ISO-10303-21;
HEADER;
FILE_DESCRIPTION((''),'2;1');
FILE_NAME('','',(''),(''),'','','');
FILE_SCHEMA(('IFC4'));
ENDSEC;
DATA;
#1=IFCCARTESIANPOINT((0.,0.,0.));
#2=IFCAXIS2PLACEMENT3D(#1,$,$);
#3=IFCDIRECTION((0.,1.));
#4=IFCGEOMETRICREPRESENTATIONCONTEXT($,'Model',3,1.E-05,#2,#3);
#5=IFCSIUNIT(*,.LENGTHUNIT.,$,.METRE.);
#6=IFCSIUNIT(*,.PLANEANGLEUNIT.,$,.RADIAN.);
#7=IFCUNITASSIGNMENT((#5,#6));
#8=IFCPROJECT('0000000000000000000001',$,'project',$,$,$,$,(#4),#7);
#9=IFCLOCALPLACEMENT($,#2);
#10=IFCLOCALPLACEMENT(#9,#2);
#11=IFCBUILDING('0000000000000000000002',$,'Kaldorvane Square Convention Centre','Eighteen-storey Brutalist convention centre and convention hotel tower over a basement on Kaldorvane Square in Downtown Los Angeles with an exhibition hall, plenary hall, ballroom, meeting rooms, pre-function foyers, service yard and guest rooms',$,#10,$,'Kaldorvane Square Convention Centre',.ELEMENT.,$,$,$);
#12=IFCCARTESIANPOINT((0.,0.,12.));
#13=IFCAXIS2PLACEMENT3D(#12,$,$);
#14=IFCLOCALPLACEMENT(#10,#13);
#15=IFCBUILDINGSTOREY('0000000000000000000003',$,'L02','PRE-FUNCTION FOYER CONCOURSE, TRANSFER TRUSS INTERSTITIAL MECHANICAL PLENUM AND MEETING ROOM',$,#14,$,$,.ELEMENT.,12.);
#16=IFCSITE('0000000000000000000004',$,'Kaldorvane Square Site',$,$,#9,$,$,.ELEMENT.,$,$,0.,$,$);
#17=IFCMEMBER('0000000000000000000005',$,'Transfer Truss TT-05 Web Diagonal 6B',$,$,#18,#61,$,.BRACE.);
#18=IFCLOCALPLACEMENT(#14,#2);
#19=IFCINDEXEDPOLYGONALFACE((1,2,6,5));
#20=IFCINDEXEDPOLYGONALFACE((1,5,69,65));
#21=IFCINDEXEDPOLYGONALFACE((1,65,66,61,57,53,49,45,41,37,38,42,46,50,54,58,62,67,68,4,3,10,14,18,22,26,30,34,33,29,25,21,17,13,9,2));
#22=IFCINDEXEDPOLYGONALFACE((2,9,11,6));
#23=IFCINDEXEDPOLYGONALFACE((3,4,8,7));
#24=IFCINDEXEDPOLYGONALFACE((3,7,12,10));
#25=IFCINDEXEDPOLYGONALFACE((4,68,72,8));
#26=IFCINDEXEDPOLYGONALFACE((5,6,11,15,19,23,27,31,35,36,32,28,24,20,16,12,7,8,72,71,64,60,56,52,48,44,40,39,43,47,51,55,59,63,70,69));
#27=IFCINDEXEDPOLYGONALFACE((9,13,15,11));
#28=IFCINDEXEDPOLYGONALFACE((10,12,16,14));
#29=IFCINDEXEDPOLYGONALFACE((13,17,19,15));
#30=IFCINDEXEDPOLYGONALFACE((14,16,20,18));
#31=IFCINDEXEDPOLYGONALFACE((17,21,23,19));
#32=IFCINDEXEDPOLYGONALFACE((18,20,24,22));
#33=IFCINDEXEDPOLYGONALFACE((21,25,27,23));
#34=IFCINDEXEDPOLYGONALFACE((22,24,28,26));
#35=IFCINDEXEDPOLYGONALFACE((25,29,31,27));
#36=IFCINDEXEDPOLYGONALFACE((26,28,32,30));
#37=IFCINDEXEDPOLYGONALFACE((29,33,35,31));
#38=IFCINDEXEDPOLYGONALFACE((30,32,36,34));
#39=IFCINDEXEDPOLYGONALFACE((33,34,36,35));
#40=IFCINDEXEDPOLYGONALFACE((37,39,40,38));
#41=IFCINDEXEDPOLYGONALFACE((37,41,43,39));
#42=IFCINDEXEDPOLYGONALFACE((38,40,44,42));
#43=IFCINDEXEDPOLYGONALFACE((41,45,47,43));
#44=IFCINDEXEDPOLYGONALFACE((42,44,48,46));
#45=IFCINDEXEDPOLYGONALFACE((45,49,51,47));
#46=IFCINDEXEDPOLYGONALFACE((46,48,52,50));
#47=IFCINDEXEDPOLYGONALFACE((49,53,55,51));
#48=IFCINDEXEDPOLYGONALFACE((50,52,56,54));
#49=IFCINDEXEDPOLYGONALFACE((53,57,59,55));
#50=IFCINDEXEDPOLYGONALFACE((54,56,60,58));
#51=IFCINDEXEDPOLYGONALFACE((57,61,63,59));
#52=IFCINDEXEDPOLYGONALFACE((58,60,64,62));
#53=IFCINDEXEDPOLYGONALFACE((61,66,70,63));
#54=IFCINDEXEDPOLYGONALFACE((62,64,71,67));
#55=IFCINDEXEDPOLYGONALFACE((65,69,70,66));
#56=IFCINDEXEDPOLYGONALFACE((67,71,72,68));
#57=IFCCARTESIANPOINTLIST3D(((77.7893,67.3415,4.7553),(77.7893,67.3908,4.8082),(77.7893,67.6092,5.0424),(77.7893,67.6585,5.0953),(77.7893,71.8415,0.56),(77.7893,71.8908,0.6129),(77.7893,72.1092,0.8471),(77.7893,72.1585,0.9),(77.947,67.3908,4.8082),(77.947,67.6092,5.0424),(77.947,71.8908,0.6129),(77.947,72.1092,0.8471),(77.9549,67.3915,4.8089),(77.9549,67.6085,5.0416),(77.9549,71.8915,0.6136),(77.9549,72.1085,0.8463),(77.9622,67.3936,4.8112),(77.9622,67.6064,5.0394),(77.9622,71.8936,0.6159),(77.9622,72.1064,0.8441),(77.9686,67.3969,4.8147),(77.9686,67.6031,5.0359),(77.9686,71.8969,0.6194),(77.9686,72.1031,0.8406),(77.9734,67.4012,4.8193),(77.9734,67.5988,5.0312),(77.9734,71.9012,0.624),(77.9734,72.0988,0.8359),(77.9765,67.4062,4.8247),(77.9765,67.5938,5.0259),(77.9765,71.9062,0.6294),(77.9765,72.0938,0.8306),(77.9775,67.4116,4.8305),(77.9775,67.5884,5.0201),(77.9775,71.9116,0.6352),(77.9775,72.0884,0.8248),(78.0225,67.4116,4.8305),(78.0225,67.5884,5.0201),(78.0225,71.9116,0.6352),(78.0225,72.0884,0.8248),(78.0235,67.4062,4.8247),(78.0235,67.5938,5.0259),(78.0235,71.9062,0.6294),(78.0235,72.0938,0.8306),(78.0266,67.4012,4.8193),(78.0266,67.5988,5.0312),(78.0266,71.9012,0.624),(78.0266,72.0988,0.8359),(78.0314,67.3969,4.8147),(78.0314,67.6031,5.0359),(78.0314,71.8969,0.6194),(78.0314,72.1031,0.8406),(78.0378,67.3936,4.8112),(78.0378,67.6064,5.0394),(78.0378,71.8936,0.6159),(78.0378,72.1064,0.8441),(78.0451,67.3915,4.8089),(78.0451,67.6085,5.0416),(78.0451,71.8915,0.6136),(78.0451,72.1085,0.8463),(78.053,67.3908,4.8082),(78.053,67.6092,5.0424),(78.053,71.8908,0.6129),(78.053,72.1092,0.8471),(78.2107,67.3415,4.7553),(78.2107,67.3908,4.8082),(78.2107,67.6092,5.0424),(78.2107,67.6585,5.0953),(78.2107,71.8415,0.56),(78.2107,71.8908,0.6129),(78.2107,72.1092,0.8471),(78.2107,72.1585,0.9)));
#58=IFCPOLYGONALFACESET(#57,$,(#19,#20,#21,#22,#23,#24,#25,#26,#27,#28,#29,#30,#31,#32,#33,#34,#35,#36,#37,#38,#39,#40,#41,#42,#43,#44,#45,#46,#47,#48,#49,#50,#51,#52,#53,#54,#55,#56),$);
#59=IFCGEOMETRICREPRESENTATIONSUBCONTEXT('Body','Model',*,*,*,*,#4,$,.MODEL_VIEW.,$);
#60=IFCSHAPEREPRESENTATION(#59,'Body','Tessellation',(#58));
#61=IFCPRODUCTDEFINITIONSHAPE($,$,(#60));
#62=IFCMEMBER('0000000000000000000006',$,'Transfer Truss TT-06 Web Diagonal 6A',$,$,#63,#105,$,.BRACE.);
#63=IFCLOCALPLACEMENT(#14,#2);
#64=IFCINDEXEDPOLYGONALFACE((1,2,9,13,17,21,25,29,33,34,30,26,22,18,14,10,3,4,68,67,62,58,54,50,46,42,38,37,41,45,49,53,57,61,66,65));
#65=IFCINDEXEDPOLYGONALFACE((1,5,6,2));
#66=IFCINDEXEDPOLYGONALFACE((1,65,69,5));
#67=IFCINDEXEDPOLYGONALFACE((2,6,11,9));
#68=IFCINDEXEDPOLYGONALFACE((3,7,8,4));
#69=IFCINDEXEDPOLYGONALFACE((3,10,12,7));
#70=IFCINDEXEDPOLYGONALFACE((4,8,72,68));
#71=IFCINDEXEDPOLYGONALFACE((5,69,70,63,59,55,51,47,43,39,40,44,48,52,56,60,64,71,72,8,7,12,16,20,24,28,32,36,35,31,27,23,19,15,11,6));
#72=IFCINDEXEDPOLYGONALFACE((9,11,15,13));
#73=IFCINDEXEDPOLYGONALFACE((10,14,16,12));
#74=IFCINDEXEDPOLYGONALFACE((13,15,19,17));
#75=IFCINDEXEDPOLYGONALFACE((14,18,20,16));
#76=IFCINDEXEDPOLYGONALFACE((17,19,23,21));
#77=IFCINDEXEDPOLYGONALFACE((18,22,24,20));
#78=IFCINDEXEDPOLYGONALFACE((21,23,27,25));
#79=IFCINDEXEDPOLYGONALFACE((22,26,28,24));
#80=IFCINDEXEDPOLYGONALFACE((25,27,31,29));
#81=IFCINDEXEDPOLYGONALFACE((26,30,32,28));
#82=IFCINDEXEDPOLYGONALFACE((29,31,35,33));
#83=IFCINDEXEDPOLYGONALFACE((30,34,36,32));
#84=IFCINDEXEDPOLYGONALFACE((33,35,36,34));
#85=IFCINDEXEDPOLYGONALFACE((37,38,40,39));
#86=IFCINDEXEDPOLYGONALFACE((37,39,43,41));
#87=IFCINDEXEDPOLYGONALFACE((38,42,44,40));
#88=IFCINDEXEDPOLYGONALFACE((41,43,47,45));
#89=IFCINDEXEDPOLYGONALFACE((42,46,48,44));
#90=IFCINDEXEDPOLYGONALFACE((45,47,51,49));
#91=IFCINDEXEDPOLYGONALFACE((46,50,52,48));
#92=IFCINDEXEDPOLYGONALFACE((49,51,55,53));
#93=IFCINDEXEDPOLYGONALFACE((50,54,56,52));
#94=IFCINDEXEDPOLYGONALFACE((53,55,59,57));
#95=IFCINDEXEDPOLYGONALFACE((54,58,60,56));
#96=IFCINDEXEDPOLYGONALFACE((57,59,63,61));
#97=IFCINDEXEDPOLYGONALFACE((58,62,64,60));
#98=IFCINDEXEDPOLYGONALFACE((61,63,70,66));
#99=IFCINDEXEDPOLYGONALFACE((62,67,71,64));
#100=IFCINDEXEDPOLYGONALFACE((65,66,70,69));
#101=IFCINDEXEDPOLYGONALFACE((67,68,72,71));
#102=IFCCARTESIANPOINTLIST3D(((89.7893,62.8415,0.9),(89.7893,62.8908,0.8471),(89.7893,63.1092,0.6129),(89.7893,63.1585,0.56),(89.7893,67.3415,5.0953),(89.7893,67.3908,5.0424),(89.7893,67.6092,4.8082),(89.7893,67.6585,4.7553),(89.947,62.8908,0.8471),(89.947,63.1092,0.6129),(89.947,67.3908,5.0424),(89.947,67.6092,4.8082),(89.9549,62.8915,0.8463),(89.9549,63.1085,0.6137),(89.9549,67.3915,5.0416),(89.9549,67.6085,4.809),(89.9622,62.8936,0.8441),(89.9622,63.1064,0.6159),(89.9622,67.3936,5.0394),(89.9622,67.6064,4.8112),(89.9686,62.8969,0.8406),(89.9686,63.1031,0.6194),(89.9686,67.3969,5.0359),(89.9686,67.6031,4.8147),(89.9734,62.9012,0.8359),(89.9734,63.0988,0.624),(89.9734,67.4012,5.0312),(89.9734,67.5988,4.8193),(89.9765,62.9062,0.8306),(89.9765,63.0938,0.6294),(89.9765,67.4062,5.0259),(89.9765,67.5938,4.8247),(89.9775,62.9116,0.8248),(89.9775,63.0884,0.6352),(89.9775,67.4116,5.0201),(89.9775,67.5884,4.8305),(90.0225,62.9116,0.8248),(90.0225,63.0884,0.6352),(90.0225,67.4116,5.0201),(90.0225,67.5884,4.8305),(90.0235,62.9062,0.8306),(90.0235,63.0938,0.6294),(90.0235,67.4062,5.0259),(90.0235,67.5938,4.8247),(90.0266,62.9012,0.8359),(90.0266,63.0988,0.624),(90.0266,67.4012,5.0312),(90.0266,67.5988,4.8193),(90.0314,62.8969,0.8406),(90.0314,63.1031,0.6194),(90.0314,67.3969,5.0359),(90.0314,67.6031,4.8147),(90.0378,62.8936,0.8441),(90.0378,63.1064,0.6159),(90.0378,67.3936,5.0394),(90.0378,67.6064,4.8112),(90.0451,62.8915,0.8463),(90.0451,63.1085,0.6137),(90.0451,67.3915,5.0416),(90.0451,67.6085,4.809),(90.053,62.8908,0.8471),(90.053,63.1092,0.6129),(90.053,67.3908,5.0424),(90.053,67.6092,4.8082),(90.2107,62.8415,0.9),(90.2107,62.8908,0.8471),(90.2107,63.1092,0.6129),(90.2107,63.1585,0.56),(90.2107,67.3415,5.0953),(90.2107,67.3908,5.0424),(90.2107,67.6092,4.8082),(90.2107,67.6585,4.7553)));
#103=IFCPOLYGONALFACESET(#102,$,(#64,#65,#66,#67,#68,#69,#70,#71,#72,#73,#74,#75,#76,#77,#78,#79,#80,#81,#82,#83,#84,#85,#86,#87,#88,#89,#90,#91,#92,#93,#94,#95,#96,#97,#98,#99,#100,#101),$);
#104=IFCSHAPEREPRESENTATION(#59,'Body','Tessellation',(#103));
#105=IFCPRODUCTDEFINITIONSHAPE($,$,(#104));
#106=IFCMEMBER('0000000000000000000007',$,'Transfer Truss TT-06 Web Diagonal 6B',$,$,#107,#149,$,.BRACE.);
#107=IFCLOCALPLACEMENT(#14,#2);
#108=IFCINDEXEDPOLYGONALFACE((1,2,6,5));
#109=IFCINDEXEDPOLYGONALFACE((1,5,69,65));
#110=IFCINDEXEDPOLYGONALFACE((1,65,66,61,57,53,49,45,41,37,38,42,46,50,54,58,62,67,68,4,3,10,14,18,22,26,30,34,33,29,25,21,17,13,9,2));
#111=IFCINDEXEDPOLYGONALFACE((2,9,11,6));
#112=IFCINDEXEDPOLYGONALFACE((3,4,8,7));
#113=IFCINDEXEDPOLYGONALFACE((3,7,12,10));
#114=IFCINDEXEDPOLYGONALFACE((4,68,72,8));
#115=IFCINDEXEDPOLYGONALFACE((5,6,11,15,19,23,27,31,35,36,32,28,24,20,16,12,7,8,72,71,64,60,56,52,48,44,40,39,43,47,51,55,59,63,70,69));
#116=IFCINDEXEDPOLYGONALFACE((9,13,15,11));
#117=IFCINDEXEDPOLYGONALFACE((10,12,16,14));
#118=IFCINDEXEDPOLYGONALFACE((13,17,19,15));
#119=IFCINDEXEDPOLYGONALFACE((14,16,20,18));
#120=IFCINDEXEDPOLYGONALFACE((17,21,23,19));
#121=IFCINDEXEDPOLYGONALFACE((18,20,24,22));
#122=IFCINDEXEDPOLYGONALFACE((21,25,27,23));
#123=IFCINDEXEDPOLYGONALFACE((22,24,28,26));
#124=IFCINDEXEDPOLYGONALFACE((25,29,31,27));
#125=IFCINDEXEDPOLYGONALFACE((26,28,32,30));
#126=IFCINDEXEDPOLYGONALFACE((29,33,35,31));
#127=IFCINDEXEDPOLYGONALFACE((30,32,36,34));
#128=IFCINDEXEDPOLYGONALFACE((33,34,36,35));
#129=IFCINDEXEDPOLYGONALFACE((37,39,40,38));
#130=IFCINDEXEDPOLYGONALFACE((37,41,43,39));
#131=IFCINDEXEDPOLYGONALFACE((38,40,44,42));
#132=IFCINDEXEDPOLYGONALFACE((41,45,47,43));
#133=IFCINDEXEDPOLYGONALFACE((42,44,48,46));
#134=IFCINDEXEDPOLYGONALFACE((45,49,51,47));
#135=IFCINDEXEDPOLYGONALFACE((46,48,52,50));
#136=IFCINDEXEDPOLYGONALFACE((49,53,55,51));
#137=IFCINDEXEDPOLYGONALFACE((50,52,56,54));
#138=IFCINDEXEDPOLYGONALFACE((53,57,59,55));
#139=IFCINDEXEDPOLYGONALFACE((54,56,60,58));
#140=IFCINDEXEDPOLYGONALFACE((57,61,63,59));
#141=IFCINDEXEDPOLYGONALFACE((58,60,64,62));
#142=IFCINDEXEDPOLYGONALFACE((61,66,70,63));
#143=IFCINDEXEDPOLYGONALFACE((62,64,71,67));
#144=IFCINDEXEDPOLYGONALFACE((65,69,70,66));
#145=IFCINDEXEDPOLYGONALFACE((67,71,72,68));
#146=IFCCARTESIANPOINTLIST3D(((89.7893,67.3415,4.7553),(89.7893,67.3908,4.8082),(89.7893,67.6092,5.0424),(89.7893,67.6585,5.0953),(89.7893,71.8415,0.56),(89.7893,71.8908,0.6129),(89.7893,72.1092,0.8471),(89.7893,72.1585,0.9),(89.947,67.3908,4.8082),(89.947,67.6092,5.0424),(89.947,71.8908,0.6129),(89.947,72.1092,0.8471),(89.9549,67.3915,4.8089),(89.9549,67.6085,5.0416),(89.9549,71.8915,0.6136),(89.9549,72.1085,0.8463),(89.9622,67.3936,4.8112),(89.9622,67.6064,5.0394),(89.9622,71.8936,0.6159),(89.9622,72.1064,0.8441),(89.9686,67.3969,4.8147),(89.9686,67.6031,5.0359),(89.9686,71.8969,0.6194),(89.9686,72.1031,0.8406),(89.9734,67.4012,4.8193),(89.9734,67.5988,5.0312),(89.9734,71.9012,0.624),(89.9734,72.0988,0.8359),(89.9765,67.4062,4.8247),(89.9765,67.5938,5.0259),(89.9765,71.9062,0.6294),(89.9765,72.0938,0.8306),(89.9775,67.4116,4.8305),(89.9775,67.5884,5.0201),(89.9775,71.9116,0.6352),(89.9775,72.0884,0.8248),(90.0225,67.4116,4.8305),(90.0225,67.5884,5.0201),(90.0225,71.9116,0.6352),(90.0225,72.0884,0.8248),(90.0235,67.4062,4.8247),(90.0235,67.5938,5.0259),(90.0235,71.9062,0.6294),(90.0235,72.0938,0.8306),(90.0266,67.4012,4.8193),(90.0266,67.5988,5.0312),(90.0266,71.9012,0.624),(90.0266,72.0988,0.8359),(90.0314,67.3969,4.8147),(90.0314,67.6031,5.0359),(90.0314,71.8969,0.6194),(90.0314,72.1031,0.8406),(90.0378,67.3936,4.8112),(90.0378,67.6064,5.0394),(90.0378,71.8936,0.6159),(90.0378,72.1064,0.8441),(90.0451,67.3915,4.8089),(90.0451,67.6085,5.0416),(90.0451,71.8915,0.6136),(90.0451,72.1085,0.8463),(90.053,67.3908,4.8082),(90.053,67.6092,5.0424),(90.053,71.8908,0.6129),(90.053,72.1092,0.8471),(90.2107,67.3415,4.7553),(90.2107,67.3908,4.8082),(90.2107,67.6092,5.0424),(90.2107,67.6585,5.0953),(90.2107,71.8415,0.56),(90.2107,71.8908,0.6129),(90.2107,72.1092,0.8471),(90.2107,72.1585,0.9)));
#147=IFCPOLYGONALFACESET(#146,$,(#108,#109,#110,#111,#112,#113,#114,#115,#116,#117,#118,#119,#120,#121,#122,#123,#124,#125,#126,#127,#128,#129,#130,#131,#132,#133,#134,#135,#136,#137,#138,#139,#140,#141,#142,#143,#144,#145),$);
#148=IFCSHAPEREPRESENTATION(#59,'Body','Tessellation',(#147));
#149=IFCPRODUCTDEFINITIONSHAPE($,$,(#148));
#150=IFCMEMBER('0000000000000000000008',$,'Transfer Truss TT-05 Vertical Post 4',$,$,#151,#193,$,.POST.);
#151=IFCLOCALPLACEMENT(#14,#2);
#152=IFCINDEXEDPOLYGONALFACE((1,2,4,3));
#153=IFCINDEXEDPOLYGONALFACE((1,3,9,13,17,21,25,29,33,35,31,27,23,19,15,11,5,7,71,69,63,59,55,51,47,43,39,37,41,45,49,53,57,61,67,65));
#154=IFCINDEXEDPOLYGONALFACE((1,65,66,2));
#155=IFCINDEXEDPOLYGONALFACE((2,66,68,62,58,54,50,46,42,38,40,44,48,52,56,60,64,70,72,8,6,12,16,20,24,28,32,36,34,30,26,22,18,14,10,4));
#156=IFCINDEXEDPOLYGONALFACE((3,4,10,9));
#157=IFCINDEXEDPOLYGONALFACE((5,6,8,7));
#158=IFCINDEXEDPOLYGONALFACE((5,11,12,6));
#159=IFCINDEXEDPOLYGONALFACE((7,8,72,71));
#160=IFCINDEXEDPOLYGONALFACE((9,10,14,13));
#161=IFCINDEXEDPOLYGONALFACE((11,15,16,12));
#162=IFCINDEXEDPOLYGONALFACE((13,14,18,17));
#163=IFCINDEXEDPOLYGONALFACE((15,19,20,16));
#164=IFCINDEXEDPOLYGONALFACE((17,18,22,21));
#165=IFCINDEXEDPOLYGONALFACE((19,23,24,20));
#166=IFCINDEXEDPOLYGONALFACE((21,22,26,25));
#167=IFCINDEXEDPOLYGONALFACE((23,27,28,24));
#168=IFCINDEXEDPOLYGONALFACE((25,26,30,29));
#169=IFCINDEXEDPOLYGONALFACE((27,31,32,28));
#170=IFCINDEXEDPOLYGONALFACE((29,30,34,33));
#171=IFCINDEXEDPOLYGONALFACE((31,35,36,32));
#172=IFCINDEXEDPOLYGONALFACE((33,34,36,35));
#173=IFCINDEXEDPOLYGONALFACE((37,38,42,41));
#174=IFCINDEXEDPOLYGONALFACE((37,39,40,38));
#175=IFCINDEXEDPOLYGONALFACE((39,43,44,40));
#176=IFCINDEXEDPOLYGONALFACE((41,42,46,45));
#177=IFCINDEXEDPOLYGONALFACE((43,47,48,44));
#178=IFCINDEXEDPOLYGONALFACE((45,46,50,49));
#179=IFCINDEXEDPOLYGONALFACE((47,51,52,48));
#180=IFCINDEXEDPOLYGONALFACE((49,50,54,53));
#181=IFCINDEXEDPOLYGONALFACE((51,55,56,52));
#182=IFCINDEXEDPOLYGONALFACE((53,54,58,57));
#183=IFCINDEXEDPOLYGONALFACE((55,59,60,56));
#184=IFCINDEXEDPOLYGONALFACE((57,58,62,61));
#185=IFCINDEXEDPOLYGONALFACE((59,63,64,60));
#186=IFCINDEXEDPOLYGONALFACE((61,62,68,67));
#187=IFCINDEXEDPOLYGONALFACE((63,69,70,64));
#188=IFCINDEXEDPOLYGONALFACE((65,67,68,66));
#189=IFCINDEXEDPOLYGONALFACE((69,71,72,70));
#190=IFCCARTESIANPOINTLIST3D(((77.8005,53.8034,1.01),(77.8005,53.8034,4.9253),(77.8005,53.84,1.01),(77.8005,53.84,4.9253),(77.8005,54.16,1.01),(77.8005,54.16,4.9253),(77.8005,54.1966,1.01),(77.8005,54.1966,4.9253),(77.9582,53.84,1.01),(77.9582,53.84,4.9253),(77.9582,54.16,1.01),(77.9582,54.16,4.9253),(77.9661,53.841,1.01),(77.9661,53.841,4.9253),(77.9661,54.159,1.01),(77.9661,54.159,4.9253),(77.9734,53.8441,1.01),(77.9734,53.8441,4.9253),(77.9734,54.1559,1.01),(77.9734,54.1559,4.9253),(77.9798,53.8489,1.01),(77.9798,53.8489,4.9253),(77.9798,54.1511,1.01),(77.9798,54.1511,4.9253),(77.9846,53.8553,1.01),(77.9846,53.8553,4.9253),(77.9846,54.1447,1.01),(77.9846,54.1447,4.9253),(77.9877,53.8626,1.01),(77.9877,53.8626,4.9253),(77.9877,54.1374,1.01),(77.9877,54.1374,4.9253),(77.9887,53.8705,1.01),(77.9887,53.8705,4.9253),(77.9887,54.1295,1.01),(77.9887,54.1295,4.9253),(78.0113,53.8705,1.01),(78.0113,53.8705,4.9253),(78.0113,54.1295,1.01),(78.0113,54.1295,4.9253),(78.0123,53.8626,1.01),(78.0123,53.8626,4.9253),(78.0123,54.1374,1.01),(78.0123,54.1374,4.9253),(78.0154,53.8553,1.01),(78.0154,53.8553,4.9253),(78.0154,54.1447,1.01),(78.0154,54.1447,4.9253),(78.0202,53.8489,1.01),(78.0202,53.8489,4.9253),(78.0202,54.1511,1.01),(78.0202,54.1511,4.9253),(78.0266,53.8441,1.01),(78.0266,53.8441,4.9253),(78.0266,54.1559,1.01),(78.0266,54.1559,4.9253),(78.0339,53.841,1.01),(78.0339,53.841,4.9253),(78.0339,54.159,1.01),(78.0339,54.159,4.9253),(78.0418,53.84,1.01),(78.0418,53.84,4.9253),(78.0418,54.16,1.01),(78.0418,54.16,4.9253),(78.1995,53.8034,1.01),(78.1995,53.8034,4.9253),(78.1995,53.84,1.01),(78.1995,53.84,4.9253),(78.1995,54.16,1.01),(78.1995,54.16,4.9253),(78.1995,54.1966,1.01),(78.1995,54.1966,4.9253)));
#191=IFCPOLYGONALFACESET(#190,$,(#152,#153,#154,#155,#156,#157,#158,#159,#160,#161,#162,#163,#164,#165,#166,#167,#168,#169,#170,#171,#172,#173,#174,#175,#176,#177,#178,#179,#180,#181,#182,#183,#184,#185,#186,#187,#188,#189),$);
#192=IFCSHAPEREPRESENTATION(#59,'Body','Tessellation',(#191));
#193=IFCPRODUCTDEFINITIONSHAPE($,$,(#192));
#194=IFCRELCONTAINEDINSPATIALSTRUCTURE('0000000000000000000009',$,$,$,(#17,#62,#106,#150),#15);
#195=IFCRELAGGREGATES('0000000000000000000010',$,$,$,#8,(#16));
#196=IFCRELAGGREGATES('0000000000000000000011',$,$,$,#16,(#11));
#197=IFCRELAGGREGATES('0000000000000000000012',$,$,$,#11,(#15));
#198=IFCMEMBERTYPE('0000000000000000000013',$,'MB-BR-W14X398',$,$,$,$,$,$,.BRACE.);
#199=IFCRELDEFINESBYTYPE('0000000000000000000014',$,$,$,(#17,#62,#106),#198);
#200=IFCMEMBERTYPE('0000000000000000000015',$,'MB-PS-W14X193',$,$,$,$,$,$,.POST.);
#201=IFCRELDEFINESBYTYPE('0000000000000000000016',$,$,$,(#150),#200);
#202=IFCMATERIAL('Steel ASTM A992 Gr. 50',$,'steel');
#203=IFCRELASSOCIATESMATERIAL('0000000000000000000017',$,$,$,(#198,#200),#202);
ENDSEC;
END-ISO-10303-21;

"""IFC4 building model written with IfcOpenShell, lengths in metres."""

from ifc_helpers import new_model, si_unit, direction, frame, origin, origin_2d, place, context, subcontext, project, spatial, i_section, extrude, material, material_profile, profile_set, type_object, element, save


model = new_model("IFC4")

# Units and contexts
model_context = context("Model", 3, precision=1e-05, world=origin(), true_north=direction((0.0, 1.0)))
body_context = subcontext(model_context, "Body", "Model", "MODEL_VIEW")
ifc_project = project(units=[si_unit("LENGTHUNIT", "METRE"), si_unit("PLANEANGLEUNIT", "RADIAN")], contexts=[model_context])

# Site, building, storey
site_placement = place(None, origin())
site = spatial("IfcSite", under=ifc_project, at=site_placement, Name="Kaldorvane Square Site", CompositionType="ELEMENT", RefElevation=0.0)
building_placement = place(site_placement, origin())
building = spatial("IfcBuilding", under=site, at=building_placement, Name="Kaldorvane Square Convention Centre", Description="Eighteen-storey Brutalist convention centre and convention hotel tower over a basement on Kaldorvane Square in Downtown Los Angeles with an exhibition hall, plenary hall, ballroom, meeting rooms, pre-function foyers, service yard and guest rooms", LongName="Kaldorvane Square Convention Centre", CompositionType="ELEMENT")
storey_placement = place(building_placement, frame((0.0, 0.0, 12.0)))
storey = spatial("IfcBuildingStorey", under=building, at=storey_placement, Name="L02", Description="PRE-FUNCTION FOYER CONCOURSE, TRANSFER TRUSS INTERSTITIAL MECHANICAL PLENUM AND MEETING ROOM", CompositionType="ELEMENT", Elevation=12.0)

# Shared definitions
ifc_material = material(Name="Steel ASTM A992 Gr. 50", Category="steel")

# Members
ifc_material_profile_1 = material_profile(ifc_material, i_section(OverallWidth=0.4214, OverallDepth=0.4648, WebThickness=0.045, FlangeThickness=0.0723, FilletRadius=0.0305, at=origin_2d()), Name="W14X398")
ifc_profile_set_1 = profile_set([ifc_material_profile_1], Name="Steel ASTM A992 Gr. 50")
member_type_1 = type_object("IfcMemberType", Name="MB-BR-W14X398", PredefinedType="BRACE", material=ifc_profile_set_1)
for number, where, z_axis, x_axis, name in (
    (1, (78.0, 67.5, 4.9253), (0.0, 0.731436, -0.68191), (-1.0, 0.0, 0.0), "Transfer Truss TT-05 Web Diagonal 6B"),
    (2, (90.0, 63.0, 0.73), (0.0, 0.731436, 0.68191), (-1.0, 0.0, 0.0), "Transfer Truss TT-06 Web Diagonal 6A"),
    (3, (90.0, 67.5, 4.9253), (0.0, 0.731436, -0.68191), (-1.0, 0.0, 0.0), "Transfer Truss TT-06 Web Diagonal 6B"),
):
    element("IfcMember", number, at=place(storey_placement, frame(where, z_axis=z_axis, x_axis=x_axis)), inside=storey, type_object=member_type_1, Name=name, PredefinedType="BRACE", context=body_context, shape_type="SweptSolid", body=[
        extrude(i_section(OverallWidth=0.4214, OverallDepth=0.4648, WebThickness=0.045, FlangeThickness=0.0723, FilletRadius=0.0305, at=origin_2d()), origin(), (0.0, 0.0, 1.0), 6.1523),
    ])
ifc_material_profile_2 = material_profile(ifc_material, i_section(OverallWidth=0.399, OverallDepth=0.3932, WebThickness=0.0226, FlangeThickness=0.0366, FilletRadius=0.0305, at=origin_2d()), Name="W14X193")
ifc_profile_set_2 = profile_set([ifc_material_profile_2], Name="Steel ASTM A992 Gr. 50")
member_type_2 = type_object("IfcMemberType", Name="MB-PS-W14X193", PredefinedType="POST", material=ifc_profile_set_2)
for number, where, z_axis, x_axis, name in (
    (4, (78.0, 54.0, 1.01), (0.0, 0.0, 1.0), (1.0, 0.0, 0.0), "Transfer Truss TT-05 Vertical Post 4"),
):
    element("IfcMember", number, at=place(storey_placement, frame(where, z_axis=z_axis, x_axis=x_axis)), inside=storey, type_object=member_type_2, Name=name, PredefinedType="POST", context=body_context, shape_type="SweptSolid", body=[
        extrude(i_section(OverallWidth=0.399, OverallDepth=0.3932, WebThickness=0.0226, FlangeThickness=0.0366, FilletRadius=0.0305, at=origin_2d()), origin(), (0.0, 0.0, 1.0), 3.9153),
    ])

save(model, "model.ifc")
